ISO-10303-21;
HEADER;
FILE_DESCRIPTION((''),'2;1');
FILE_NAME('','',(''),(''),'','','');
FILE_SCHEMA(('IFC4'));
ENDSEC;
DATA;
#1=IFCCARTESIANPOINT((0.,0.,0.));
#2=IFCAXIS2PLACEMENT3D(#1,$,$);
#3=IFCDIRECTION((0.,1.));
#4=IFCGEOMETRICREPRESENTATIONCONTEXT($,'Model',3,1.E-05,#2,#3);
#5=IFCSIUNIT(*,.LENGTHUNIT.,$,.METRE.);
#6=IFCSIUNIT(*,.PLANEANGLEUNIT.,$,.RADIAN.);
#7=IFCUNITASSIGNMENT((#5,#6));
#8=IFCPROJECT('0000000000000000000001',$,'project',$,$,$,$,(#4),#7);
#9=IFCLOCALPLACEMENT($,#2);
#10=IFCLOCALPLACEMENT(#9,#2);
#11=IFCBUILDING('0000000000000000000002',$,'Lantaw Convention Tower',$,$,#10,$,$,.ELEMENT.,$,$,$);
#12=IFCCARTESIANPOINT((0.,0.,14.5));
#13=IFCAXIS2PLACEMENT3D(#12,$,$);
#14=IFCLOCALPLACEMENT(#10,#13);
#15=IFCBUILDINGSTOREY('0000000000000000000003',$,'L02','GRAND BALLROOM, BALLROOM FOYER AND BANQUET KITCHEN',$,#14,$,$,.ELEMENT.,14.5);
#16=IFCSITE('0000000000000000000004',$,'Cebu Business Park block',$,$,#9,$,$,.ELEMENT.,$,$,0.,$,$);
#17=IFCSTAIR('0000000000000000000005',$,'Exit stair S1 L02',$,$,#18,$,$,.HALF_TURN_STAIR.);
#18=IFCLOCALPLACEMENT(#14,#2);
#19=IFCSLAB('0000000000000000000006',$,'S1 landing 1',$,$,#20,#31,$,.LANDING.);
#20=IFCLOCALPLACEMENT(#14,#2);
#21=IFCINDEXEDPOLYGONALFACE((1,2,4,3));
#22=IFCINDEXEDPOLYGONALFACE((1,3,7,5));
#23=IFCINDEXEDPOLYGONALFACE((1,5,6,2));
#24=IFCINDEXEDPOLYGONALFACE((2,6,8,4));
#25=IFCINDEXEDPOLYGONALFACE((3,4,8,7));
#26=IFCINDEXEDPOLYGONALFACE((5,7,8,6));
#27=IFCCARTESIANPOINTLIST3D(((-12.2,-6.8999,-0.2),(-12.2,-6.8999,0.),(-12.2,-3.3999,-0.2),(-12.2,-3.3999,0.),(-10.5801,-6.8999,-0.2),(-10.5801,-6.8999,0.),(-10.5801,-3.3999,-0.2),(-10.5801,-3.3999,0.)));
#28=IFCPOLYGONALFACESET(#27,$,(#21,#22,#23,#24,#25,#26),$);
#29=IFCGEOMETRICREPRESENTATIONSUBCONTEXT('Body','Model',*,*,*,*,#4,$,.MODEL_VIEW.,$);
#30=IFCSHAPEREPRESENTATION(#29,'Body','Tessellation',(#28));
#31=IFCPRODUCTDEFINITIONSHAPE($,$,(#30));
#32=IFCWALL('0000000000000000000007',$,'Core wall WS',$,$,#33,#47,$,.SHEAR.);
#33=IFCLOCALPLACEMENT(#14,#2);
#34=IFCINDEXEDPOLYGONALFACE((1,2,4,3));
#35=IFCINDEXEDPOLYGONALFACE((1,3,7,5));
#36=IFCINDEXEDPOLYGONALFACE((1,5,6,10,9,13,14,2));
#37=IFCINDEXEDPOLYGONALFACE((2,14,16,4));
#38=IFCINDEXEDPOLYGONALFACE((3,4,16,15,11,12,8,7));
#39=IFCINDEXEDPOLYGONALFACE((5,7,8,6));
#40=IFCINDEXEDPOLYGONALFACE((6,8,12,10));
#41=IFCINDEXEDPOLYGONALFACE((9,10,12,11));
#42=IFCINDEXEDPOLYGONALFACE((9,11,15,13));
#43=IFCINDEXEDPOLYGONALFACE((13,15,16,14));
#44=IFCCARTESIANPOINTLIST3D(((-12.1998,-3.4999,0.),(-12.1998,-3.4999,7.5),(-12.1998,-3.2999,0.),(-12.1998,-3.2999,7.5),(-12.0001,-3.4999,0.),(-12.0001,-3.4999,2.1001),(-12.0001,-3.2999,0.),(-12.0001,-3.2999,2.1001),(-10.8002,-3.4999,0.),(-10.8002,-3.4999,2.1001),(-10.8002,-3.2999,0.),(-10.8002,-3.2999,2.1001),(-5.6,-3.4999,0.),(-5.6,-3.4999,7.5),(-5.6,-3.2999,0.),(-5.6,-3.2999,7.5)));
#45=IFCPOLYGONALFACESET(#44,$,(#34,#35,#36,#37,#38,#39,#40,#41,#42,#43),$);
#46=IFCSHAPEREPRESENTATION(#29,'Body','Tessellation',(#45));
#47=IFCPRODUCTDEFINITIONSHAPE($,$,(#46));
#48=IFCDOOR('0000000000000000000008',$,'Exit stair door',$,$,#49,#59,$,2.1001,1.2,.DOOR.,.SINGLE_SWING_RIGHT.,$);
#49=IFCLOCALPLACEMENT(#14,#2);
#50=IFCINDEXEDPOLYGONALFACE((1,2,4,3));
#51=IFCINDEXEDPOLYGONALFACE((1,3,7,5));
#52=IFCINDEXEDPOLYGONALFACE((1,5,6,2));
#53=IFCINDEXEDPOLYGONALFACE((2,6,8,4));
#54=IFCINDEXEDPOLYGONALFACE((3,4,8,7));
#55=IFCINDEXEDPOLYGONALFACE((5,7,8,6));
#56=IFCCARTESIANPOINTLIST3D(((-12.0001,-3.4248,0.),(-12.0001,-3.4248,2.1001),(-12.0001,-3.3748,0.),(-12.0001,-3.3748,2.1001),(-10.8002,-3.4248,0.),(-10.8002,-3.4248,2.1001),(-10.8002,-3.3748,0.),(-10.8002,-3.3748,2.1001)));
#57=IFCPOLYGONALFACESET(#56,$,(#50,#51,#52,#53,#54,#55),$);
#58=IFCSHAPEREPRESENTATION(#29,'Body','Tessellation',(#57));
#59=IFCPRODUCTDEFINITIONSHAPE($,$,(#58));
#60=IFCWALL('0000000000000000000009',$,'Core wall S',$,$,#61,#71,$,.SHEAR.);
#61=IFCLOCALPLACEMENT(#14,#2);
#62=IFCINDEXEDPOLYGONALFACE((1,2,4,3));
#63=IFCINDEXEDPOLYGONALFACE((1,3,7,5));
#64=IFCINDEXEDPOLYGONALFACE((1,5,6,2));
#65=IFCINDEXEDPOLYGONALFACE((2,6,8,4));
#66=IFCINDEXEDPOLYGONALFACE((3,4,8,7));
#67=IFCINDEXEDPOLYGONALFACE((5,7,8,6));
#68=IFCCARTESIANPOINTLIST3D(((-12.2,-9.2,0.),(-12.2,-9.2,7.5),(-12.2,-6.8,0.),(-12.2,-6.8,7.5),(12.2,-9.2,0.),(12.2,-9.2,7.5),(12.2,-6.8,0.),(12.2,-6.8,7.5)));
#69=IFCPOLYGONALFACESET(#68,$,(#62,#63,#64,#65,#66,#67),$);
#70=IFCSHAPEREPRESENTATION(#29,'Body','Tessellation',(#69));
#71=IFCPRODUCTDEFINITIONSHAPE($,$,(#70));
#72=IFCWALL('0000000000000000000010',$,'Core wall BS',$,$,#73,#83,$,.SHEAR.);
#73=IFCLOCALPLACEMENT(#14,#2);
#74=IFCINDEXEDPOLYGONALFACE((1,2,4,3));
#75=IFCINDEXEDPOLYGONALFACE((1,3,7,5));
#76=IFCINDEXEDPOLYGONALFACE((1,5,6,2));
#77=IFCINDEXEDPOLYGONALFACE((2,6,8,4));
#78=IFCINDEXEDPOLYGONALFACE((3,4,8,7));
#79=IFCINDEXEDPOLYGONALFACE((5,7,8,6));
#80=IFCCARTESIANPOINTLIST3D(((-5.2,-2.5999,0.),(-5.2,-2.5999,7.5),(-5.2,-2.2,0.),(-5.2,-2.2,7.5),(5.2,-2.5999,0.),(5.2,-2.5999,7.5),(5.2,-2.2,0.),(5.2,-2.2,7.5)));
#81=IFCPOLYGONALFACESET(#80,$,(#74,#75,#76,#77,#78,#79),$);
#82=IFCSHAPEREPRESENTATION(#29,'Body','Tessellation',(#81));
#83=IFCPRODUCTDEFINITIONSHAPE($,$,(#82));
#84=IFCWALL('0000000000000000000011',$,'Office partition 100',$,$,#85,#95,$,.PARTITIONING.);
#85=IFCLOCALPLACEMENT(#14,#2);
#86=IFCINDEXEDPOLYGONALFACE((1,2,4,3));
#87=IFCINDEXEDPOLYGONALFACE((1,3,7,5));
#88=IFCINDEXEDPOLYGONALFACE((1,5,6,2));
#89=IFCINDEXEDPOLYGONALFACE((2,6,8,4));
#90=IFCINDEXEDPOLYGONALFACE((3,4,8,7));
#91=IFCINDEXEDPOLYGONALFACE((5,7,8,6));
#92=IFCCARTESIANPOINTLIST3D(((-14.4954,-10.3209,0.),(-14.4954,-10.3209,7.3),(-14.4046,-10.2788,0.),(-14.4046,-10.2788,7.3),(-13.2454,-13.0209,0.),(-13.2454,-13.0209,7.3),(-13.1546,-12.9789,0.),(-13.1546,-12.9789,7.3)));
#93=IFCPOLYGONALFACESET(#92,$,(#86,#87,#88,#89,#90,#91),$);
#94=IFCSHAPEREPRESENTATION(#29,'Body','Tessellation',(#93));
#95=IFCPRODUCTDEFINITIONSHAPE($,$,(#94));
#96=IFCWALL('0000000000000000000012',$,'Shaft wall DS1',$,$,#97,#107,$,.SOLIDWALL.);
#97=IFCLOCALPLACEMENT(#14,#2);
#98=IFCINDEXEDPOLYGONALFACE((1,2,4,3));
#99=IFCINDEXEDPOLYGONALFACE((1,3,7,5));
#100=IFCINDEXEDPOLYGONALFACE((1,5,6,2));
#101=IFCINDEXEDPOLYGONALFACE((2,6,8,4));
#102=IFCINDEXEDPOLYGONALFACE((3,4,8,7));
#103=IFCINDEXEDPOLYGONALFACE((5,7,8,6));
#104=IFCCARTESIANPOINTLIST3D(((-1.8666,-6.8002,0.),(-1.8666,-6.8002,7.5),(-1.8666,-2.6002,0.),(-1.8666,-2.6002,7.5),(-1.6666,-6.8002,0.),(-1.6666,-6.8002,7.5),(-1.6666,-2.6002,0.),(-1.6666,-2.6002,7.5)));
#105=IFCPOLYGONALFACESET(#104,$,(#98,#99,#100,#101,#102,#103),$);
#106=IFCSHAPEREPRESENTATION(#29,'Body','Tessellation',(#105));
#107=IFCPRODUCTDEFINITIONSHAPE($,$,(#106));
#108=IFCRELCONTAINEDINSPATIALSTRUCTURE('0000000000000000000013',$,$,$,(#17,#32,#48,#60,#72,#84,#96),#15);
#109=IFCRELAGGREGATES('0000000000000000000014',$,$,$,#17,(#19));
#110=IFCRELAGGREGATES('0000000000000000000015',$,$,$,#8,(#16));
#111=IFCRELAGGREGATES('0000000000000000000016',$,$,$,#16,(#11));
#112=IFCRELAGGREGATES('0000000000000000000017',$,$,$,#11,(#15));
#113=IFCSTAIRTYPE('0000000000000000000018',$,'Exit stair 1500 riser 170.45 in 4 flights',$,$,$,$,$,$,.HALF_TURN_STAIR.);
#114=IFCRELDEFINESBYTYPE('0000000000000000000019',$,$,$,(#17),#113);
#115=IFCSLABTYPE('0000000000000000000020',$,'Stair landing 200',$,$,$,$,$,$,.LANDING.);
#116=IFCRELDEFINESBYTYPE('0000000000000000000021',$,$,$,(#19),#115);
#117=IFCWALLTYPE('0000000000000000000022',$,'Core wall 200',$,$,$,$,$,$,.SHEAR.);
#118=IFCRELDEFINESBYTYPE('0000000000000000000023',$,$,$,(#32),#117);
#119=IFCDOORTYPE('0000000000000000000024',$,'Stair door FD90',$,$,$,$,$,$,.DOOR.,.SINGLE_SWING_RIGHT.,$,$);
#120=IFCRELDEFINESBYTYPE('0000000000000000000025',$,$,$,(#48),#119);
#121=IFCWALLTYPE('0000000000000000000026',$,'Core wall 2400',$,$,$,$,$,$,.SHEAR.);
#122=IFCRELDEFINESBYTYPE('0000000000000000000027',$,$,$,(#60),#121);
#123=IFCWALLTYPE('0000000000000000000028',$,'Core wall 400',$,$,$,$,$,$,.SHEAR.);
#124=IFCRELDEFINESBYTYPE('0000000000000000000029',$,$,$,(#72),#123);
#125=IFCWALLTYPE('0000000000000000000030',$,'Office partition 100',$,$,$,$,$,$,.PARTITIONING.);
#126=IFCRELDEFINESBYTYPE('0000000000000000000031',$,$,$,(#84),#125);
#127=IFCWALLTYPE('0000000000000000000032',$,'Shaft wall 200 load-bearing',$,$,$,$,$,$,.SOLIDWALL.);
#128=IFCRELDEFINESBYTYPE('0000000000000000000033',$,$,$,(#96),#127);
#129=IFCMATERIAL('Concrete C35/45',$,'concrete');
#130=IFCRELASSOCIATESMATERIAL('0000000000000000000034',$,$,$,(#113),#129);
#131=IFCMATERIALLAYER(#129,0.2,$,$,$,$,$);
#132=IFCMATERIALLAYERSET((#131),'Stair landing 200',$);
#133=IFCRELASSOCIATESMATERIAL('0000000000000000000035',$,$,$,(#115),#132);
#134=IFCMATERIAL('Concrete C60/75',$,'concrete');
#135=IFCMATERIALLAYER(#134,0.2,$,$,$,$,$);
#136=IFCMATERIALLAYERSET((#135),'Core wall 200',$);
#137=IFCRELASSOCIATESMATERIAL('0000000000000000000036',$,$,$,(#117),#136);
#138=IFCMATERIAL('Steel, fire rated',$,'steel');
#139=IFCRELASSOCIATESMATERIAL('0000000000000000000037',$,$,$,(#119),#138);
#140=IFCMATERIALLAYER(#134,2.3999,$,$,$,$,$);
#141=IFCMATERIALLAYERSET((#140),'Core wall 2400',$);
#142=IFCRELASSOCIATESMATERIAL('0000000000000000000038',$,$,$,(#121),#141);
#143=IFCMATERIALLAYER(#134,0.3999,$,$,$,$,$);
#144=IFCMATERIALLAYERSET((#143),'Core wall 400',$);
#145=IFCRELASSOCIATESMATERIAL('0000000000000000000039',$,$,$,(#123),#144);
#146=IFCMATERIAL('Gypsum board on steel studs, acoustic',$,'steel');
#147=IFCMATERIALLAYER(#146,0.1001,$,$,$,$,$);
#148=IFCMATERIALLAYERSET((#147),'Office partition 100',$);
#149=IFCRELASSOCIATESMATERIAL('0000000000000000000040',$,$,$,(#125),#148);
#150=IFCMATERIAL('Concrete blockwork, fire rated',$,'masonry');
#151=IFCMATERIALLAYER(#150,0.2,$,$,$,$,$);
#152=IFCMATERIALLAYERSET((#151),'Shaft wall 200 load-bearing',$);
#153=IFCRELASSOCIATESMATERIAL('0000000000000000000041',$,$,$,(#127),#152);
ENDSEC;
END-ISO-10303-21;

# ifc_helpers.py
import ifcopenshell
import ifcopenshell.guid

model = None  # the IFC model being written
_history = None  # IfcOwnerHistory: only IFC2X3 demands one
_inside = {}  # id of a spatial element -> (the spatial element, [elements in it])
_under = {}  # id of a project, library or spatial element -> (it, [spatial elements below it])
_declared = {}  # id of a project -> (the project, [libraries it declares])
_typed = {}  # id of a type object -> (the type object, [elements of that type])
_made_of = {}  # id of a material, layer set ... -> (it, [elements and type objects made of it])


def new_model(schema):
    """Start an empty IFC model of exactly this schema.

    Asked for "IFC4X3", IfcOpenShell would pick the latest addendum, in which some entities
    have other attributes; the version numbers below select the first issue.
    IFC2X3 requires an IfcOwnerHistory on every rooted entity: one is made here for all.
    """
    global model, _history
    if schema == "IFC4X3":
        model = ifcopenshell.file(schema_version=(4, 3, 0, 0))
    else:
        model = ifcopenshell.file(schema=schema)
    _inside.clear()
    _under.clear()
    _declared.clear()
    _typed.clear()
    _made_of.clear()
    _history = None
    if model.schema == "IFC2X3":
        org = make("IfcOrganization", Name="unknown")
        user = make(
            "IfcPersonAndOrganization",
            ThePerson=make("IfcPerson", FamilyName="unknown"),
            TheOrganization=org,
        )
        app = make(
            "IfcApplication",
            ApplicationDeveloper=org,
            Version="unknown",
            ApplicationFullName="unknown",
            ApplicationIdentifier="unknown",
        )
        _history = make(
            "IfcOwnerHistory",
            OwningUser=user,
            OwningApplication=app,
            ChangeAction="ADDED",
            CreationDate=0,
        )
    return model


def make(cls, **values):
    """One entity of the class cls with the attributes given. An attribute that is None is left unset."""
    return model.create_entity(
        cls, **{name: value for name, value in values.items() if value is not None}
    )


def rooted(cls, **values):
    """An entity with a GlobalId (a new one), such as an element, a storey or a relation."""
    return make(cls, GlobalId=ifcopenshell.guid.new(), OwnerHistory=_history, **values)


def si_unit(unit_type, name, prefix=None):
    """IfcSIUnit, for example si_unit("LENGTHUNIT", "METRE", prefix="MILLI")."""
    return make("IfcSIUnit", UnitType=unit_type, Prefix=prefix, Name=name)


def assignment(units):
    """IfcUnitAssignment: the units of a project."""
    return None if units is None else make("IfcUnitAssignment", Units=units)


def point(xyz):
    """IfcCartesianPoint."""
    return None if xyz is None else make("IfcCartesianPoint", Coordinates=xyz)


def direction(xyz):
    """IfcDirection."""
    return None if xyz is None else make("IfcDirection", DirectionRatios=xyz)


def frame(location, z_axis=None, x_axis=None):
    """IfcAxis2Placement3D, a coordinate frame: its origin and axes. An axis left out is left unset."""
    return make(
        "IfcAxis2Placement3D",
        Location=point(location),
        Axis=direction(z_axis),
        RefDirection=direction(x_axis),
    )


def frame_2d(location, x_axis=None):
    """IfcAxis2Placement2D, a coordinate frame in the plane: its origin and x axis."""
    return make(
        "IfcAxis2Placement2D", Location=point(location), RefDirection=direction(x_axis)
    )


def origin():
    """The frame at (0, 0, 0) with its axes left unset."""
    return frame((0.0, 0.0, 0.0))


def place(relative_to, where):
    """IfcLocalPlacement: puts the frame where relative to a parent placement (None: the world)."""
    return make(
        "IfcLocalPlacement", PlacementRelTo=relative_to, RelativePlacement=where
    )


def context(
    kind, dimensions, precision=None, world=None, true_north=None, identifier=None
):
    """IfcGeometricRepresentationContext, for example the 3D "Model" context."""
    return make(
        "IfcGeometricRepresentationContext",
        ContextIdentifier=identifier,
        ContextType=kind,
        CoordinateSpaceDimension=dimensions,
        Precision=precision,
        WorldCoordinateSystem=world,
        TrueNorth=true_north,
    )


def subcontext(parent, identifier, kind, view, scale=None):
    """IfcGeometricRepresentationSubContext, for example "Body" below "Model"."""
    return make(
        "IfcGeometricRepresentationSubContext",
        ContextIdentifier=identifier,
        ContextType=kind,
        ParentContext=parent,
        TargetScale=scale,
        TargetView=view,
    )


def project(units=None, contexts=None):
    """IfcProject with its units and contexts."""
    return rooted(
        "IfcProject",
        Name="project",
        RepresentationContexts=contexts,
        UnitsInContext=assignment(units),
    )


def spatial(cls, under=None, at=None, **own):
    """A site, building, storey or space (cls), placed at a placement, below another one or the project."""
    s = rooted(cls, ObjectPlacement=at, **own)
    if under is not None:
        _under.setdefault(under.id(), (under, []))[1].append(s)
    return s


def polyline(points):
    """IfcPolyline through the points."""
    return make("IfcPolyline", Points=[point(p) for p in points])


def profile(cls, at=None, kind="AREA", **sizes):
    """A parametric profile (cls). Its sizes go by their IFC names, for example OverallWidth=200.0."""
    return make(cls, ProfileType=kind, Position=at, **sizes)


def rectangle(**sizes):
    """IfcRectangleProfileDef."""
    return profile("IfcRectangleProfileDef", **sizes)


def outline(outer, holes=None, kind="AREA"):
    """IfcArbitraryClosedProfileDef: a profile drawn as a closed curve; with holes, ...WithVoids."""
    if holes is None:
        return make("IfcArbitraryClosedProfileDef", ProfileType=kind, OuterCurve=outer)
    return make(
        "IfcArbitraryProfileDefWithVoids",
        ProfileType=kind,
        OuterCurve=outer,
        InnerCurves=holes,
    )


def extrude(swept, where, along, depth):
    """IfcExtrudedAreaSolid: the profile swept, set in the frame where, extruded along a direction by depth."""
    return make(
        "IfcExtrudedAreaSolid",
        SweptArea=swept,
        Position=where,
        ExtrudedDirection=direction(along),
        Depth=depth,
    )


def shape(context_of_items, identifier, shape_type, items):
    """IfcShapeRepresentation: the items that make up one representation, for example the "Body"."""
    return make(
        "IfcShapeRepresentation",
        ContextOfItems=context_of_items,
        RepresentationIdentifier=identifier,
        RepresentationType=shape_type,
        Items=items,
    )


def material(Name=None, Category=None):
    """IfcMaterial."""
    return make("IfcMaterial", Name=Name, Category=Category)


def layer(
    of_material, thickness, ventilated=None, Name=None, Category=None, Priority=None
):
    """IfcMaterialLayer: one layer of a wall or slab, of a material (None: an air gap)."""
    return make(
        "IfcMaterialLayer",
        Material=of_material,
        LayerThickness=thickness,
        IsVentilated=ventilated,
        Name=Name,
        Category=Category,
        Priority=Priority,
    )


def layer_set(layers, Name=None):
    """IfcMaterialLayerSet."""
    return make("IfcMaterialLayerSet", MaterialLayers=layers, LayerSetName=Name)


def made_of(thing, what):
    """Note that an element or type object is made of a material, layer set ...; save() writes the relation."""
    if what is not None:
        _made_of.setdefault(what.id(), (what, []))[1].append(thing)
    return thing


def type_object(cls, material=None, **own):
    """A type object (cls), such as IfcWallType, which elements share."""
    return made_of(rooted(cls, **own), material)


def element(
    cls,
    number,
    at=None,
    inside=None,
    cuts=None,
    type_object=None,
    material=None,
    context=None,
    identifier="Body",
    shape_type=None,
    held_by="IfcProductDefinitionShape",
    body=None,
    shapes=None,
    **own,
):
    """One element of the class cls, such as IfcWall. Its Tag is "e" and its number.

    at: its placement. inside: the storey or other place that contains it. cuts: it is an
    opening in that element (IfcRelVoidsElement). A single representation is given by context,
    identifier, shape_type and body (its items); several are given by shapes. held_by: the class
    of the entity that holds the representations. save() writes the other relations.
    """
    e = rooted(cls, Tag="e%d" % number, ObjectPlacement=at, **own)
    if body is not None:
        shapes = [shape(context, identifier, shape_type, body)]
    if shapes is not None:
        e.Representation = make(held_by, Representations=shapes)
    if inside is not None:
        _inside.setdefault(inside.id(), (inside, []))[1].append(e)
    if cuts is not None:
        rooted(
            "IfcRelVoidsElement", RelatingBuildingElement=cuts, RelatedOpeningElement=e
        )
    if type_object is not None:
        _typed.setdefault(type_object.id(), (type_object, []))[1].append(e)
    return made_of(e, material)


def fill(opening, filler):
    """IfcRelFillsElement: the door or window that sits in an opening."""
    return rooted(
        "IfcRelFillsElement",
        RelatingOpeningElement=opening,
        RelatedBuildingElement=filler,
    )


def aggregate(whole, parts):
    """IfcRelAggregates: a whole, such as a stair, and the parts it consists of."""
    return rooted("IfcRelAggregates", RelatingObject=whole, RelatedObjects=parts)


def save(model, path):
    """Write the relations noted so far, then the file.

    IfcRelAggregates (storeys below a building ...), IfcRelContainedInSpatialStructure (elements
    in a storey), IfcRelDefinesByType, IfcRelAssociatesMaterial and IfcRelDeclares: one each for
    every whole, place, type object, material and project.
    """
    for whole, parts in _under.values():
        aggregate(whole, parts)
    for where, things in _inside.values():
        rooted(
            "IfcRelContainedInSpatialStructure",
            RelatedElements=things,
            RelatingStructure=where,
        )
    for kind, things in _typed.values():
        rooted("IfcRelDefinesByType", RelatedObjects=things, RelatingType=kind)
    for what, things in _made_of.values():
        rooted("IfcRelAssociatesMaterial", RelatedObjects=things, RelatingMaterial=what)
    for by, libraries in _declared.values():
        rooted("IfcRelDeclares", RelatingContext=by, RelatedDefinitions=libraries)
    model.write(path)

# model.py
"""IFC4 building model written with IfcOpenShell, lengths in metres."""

from ifc_helpers import new_model, si_unit, direction, frame, frame_2d, origin, place, context, subcontext, project, spatial, polyline, rectangle, outline, extrude, material, layer, layer_set, type_object, element, fill, aggregate, save


model = new_model("IFC4")

# Units and contexts
model_context = context("Model", 3, precision=1e-05, world=origin(), true_north=direction((0.0, 1.0)))
body_context = subcontext(model_context, "Body", "Model", "MODEL_VIEW")
ifc_project = project(units=[si_unit("LENGTHUNIT", "METRE"), si_unit("PLANEANGLEUNIT", "RADIAN")], contexts=[model_context])

# Site, building, storey
site_placement = place(None, origin())
site = spatial("IfcSite", under=ifc_project, at=site_placement, Name="Cebu Business Park block", CompositionType="ELEMENT", RefElevation=0.0)
building_placement = place(site_placement, origin())
building = spatial("IfcBuilding", under=site, at=building_placement, Name="Lantaw Convention Tower", CompositionType="ELEMENT")
storey_placement = place(building_placement, frame((0.0, 0.0, 14.5)))
storey = spatial("IfcBuildingStorey", under=building, at=storey_placement, Name="L02", Description="GRAND BALLROOM, BALLROOM FOYER AND BANQUET KITCHEN", CompositionType="ELEMENT", Elevation=14.5)

# Shared definitions
ifc_material_1 = material(Name="Concrete C35/45", Category="concrete")

# Stair, slab
stair_type = type_object("IfcStairType", Name="Exit stair 1500 riser 170.45 in 4 flights", PredefinedType="HALF_TURN_STAIR", material=ifc_material_1)
stair_placement = place(storey_placement, origin())
stair = element("IfcStair", 1, at=stair_placement, inside=storey, type_object=stair_type, Name="Exit stair S1 L02", PredefinedType="HALF_TURN_STAIR")
ifc_layer_1 = layer(ifc_material_1, 0.2)
ifc_layer_set_1 = layer_set([ifc_layer_1], Name="Stair landing 200")
slab_type_1 = type_object("IfcSlabType", Name="Stair landing 200", PredefinedType="LANDING", material=ifc_layer_set_1)
slab_1_placement = place(storey_placement, frame((0.0, 0.0, -0.2)))
slab_1 = element("IfcSlab", 2, at=slab_1_placement, type_object=slab_type_1, Name="S1 landing 1", PredefinedType="LANDING", context=body_context, shape_type="SweptSolid", body=[
    extrude(outline(polyline([(-12.2, -6.8999), (-10.5801, -6.8999), (-10.5801, -3.3999), (-12.2, -3.3999), (-12.2, -6.8999)])), origin(), (0.0, 0.0, 1.0), 0.2),
])
aggregate(stair, [slab_1])

# Wall, opening, door
ifc_material_2 = material(Name="Concrete C60/75", Category="concrete")
ifc_layer_2 = layer(ifc_material_2, 0.2)
ifc_layer_set_2 = layer_set([ifc_layer_2], Name="Core wall 200")
wall_type_1 = type_object("IfcWallType", Name="Core wall 200", PredefinedType="SHEAR", material=ifc_layer_set_2)
wall_1_placement = place(storey_placement, frame((-5.6001, -3.3999, 0.0), z_axis=(0.0, 0.0, 1.0), x_axis=(-1.0, 0.0, 0.0)))
wall_1 = element("IfcWall", 3, at=wall_1_placement, inside=storey, type_object=wall_type_1, Name="Core wall WS", PredefinedType="SHEAR", context=body_context, shape_type="SweptSolid", body=[
    extrude(rectangle(XDim=6.5999, YDim=0.2, at=frame_2d((3.2998, 0.0))), origin(), (0.0, 0.0, 1.0), 7.5),
])
opening_1_placement = place(wall_1_placement, frame((5.2, 0.0, 0.0)))
opening_1 = element("IfcOpeningElement", 4, at=opening_1_placement, cuts=wall_1, PredefinedType="OPENING", context=body_context, shape_type="SweptSolid", body=[
    extrude(rectangle(XDim=1.2, YDim=2.1001, at=frame_2d((0.6001, 1.05))), frame((0.0, 0.1099, 0.0), z_axis=(0.0, -1.0, 0.0), x_axis=(1.0, 0.0, 0.0)), (0.0, 0.0, 1.0), 0.22),
])
ifc_material_3 = material(Name="Steel, fire rated", Category="steel")
door_type_1 = type_object("IfcDoorType", Name="Stair door FD90", OperationType="SINGLE_SWING_RIGHT", PredefinedType="DOOR", material=ifc_material_3)
door_1_placement = place(opening_1_placement, origin())
door_1 = element("IfcDoor", 5, at=door_1_placement, inside=storey, type_object=door_type_1, Name="Exit stair door", OperationType="SINGLE_SWING_RIGHT", OverallHeight=2.1001, OverallWidth=1.2, PredefinedType="DOOR", context=body_context, shape_type="SweptSolid", body=[
    extrude(rectangle(XDim=1.2, YDim=2.1001, at=frame_2d((0.6001, 1.05))), frame((0.0, 0.0249, 0.0), z_axis=(0.0, -1.0, 0.0), x_axis=(1.0, 0.0, 0.0)), (0.0, 0.0, 1.0), 0.05),
])
fill(opening_1, door_1)

# Walls
ifc_layer_3 = layer(ifc_material_2, 2.3999)
ifc_layer_set_3 = layer_set([ifc_layer_3], Name="Core wall 2400")
wall_type_2 = type_object("IfcWallType", Name="Core wall 2400", PredefinedType="SHEAR", material=ifc_layer_set_3)
wall_2_placement = place(storey_placement, frame((-12.2, -8.0, 0.0), z_axis=(0.0, 0.0, 1.0), x_axis=(1.0, 0.0, 0.0)))
element("IfcWall", 6, at=wall_2_placement, inside=storey, type_object=wall_type_2, Name="Core wall S", PredefinedType="SHEAR", context=body_context, shape_type="SweptSolid", body=[
    extrude(rectangle(XDim=24.3999, YDim=2.3999, at=frame_2d((12.2, 0.0))), origin(), (0.0, 0.0, 1.0), 7.5),
])
ifc_layer_4 = layer(ifc_material_2, 0.3999)
ifc_layer_set_4 = layer_set([ifc_layer_4], Name="Core wall 400")
wall_type_3 = type_object("IfcWallType", Name="Core wall 400", PredefinedType="SHEAR", material=ifc_layer_set_4)
wall_3_placement = place(storey_placement, frame((-5.2, -2.3999, 0.0), z_axis=(0.0, 0.0, 1.0), x_axis=(1.0, 0.0, 0.0)))
element("IfcWall", 7, at=wall_3_placement, inside=storey, type_object=wall_type_3, Name="Core wall BS", PredefinedType="SHEAR", context=body_context, shape_type="SweptSolid", body=[
    extrude(rectangle(XDim=10.3999, YDim=0.3999, at=frame_2d((5.2, 0.0))), origin(), (0.0, 0.0, 1.0), 7.5),
])
ifc_material_4 = material(Name="Gypsum board on steel studs, acoustic", Category="steel")
ifc_layer_5 = layer(ifc_material_4, 0.1001)
ifc_layer_set_5 = layer_set([ifc_layer_5], Name="Office partition 100")
wall_type_4 = type_object("IfcWallType", Name="Office partition 100", PredefinedType="PARTITIONING", material=ifc_layer_set_5)
wall_4_placement = place(storey_placement, frame((-13.2, -13.0, 0.0), z_axis=(0.0, 0.0, 1.0), x_axis=(-0.42013, 0.907464, 0.0)))
element("IfcWall", 8, at=wall_4_placement, inside=storey, type_object=wall_type_4, Name="Office partition 100", PredefinedType="PARTITIONING", context=body_context, shape_type="SweptSolid", body=[
    extrude(rectangle(XDim=2.9753, YDim=0.1001, at=frame_2d((1.4878, 0.0))), origin(), (0.0, 0.0, 1.0), 7.3),
])
ifc_material_5 = material(Name="Concrete blockwork, fire rated", Category="masonry")
ifc_layer_6 = layer(ifc_material_5, 0.2)
ifc_layer_set_6 = layer_set([ifc_layer_6], Name="Shaft wall 200 load-bearing")
wall_type_5 = type_object("IfcWallType", Name="Shaft wall 200 load-bearing", PredefinedType="SOLIDWALL", material=ifc_layer_set_6)
wall_5_placement = place(storey_placement, frame((-1.7666, -2.6001, 0.0), z_axis=(0.0, 0.0, 1.0), x_axis=(0.0, -1.0, 0.0)))
element("IfcWall", 9, at=wall_5_placement, inside=storey, type_object=wall_type_5, Name="Shaft wall DS1", PredefinedType="SOLIDWALL", context=body_context, shape_type="SweptSolid", body=[
    extrude(rectangle(XDim=4.2, YDim=0.2, at=frame_2d((2.1001, 0.0))), origin(), (0.0, 0.0, 1.0), 7.5),
])

save(model, "model.ifc")
